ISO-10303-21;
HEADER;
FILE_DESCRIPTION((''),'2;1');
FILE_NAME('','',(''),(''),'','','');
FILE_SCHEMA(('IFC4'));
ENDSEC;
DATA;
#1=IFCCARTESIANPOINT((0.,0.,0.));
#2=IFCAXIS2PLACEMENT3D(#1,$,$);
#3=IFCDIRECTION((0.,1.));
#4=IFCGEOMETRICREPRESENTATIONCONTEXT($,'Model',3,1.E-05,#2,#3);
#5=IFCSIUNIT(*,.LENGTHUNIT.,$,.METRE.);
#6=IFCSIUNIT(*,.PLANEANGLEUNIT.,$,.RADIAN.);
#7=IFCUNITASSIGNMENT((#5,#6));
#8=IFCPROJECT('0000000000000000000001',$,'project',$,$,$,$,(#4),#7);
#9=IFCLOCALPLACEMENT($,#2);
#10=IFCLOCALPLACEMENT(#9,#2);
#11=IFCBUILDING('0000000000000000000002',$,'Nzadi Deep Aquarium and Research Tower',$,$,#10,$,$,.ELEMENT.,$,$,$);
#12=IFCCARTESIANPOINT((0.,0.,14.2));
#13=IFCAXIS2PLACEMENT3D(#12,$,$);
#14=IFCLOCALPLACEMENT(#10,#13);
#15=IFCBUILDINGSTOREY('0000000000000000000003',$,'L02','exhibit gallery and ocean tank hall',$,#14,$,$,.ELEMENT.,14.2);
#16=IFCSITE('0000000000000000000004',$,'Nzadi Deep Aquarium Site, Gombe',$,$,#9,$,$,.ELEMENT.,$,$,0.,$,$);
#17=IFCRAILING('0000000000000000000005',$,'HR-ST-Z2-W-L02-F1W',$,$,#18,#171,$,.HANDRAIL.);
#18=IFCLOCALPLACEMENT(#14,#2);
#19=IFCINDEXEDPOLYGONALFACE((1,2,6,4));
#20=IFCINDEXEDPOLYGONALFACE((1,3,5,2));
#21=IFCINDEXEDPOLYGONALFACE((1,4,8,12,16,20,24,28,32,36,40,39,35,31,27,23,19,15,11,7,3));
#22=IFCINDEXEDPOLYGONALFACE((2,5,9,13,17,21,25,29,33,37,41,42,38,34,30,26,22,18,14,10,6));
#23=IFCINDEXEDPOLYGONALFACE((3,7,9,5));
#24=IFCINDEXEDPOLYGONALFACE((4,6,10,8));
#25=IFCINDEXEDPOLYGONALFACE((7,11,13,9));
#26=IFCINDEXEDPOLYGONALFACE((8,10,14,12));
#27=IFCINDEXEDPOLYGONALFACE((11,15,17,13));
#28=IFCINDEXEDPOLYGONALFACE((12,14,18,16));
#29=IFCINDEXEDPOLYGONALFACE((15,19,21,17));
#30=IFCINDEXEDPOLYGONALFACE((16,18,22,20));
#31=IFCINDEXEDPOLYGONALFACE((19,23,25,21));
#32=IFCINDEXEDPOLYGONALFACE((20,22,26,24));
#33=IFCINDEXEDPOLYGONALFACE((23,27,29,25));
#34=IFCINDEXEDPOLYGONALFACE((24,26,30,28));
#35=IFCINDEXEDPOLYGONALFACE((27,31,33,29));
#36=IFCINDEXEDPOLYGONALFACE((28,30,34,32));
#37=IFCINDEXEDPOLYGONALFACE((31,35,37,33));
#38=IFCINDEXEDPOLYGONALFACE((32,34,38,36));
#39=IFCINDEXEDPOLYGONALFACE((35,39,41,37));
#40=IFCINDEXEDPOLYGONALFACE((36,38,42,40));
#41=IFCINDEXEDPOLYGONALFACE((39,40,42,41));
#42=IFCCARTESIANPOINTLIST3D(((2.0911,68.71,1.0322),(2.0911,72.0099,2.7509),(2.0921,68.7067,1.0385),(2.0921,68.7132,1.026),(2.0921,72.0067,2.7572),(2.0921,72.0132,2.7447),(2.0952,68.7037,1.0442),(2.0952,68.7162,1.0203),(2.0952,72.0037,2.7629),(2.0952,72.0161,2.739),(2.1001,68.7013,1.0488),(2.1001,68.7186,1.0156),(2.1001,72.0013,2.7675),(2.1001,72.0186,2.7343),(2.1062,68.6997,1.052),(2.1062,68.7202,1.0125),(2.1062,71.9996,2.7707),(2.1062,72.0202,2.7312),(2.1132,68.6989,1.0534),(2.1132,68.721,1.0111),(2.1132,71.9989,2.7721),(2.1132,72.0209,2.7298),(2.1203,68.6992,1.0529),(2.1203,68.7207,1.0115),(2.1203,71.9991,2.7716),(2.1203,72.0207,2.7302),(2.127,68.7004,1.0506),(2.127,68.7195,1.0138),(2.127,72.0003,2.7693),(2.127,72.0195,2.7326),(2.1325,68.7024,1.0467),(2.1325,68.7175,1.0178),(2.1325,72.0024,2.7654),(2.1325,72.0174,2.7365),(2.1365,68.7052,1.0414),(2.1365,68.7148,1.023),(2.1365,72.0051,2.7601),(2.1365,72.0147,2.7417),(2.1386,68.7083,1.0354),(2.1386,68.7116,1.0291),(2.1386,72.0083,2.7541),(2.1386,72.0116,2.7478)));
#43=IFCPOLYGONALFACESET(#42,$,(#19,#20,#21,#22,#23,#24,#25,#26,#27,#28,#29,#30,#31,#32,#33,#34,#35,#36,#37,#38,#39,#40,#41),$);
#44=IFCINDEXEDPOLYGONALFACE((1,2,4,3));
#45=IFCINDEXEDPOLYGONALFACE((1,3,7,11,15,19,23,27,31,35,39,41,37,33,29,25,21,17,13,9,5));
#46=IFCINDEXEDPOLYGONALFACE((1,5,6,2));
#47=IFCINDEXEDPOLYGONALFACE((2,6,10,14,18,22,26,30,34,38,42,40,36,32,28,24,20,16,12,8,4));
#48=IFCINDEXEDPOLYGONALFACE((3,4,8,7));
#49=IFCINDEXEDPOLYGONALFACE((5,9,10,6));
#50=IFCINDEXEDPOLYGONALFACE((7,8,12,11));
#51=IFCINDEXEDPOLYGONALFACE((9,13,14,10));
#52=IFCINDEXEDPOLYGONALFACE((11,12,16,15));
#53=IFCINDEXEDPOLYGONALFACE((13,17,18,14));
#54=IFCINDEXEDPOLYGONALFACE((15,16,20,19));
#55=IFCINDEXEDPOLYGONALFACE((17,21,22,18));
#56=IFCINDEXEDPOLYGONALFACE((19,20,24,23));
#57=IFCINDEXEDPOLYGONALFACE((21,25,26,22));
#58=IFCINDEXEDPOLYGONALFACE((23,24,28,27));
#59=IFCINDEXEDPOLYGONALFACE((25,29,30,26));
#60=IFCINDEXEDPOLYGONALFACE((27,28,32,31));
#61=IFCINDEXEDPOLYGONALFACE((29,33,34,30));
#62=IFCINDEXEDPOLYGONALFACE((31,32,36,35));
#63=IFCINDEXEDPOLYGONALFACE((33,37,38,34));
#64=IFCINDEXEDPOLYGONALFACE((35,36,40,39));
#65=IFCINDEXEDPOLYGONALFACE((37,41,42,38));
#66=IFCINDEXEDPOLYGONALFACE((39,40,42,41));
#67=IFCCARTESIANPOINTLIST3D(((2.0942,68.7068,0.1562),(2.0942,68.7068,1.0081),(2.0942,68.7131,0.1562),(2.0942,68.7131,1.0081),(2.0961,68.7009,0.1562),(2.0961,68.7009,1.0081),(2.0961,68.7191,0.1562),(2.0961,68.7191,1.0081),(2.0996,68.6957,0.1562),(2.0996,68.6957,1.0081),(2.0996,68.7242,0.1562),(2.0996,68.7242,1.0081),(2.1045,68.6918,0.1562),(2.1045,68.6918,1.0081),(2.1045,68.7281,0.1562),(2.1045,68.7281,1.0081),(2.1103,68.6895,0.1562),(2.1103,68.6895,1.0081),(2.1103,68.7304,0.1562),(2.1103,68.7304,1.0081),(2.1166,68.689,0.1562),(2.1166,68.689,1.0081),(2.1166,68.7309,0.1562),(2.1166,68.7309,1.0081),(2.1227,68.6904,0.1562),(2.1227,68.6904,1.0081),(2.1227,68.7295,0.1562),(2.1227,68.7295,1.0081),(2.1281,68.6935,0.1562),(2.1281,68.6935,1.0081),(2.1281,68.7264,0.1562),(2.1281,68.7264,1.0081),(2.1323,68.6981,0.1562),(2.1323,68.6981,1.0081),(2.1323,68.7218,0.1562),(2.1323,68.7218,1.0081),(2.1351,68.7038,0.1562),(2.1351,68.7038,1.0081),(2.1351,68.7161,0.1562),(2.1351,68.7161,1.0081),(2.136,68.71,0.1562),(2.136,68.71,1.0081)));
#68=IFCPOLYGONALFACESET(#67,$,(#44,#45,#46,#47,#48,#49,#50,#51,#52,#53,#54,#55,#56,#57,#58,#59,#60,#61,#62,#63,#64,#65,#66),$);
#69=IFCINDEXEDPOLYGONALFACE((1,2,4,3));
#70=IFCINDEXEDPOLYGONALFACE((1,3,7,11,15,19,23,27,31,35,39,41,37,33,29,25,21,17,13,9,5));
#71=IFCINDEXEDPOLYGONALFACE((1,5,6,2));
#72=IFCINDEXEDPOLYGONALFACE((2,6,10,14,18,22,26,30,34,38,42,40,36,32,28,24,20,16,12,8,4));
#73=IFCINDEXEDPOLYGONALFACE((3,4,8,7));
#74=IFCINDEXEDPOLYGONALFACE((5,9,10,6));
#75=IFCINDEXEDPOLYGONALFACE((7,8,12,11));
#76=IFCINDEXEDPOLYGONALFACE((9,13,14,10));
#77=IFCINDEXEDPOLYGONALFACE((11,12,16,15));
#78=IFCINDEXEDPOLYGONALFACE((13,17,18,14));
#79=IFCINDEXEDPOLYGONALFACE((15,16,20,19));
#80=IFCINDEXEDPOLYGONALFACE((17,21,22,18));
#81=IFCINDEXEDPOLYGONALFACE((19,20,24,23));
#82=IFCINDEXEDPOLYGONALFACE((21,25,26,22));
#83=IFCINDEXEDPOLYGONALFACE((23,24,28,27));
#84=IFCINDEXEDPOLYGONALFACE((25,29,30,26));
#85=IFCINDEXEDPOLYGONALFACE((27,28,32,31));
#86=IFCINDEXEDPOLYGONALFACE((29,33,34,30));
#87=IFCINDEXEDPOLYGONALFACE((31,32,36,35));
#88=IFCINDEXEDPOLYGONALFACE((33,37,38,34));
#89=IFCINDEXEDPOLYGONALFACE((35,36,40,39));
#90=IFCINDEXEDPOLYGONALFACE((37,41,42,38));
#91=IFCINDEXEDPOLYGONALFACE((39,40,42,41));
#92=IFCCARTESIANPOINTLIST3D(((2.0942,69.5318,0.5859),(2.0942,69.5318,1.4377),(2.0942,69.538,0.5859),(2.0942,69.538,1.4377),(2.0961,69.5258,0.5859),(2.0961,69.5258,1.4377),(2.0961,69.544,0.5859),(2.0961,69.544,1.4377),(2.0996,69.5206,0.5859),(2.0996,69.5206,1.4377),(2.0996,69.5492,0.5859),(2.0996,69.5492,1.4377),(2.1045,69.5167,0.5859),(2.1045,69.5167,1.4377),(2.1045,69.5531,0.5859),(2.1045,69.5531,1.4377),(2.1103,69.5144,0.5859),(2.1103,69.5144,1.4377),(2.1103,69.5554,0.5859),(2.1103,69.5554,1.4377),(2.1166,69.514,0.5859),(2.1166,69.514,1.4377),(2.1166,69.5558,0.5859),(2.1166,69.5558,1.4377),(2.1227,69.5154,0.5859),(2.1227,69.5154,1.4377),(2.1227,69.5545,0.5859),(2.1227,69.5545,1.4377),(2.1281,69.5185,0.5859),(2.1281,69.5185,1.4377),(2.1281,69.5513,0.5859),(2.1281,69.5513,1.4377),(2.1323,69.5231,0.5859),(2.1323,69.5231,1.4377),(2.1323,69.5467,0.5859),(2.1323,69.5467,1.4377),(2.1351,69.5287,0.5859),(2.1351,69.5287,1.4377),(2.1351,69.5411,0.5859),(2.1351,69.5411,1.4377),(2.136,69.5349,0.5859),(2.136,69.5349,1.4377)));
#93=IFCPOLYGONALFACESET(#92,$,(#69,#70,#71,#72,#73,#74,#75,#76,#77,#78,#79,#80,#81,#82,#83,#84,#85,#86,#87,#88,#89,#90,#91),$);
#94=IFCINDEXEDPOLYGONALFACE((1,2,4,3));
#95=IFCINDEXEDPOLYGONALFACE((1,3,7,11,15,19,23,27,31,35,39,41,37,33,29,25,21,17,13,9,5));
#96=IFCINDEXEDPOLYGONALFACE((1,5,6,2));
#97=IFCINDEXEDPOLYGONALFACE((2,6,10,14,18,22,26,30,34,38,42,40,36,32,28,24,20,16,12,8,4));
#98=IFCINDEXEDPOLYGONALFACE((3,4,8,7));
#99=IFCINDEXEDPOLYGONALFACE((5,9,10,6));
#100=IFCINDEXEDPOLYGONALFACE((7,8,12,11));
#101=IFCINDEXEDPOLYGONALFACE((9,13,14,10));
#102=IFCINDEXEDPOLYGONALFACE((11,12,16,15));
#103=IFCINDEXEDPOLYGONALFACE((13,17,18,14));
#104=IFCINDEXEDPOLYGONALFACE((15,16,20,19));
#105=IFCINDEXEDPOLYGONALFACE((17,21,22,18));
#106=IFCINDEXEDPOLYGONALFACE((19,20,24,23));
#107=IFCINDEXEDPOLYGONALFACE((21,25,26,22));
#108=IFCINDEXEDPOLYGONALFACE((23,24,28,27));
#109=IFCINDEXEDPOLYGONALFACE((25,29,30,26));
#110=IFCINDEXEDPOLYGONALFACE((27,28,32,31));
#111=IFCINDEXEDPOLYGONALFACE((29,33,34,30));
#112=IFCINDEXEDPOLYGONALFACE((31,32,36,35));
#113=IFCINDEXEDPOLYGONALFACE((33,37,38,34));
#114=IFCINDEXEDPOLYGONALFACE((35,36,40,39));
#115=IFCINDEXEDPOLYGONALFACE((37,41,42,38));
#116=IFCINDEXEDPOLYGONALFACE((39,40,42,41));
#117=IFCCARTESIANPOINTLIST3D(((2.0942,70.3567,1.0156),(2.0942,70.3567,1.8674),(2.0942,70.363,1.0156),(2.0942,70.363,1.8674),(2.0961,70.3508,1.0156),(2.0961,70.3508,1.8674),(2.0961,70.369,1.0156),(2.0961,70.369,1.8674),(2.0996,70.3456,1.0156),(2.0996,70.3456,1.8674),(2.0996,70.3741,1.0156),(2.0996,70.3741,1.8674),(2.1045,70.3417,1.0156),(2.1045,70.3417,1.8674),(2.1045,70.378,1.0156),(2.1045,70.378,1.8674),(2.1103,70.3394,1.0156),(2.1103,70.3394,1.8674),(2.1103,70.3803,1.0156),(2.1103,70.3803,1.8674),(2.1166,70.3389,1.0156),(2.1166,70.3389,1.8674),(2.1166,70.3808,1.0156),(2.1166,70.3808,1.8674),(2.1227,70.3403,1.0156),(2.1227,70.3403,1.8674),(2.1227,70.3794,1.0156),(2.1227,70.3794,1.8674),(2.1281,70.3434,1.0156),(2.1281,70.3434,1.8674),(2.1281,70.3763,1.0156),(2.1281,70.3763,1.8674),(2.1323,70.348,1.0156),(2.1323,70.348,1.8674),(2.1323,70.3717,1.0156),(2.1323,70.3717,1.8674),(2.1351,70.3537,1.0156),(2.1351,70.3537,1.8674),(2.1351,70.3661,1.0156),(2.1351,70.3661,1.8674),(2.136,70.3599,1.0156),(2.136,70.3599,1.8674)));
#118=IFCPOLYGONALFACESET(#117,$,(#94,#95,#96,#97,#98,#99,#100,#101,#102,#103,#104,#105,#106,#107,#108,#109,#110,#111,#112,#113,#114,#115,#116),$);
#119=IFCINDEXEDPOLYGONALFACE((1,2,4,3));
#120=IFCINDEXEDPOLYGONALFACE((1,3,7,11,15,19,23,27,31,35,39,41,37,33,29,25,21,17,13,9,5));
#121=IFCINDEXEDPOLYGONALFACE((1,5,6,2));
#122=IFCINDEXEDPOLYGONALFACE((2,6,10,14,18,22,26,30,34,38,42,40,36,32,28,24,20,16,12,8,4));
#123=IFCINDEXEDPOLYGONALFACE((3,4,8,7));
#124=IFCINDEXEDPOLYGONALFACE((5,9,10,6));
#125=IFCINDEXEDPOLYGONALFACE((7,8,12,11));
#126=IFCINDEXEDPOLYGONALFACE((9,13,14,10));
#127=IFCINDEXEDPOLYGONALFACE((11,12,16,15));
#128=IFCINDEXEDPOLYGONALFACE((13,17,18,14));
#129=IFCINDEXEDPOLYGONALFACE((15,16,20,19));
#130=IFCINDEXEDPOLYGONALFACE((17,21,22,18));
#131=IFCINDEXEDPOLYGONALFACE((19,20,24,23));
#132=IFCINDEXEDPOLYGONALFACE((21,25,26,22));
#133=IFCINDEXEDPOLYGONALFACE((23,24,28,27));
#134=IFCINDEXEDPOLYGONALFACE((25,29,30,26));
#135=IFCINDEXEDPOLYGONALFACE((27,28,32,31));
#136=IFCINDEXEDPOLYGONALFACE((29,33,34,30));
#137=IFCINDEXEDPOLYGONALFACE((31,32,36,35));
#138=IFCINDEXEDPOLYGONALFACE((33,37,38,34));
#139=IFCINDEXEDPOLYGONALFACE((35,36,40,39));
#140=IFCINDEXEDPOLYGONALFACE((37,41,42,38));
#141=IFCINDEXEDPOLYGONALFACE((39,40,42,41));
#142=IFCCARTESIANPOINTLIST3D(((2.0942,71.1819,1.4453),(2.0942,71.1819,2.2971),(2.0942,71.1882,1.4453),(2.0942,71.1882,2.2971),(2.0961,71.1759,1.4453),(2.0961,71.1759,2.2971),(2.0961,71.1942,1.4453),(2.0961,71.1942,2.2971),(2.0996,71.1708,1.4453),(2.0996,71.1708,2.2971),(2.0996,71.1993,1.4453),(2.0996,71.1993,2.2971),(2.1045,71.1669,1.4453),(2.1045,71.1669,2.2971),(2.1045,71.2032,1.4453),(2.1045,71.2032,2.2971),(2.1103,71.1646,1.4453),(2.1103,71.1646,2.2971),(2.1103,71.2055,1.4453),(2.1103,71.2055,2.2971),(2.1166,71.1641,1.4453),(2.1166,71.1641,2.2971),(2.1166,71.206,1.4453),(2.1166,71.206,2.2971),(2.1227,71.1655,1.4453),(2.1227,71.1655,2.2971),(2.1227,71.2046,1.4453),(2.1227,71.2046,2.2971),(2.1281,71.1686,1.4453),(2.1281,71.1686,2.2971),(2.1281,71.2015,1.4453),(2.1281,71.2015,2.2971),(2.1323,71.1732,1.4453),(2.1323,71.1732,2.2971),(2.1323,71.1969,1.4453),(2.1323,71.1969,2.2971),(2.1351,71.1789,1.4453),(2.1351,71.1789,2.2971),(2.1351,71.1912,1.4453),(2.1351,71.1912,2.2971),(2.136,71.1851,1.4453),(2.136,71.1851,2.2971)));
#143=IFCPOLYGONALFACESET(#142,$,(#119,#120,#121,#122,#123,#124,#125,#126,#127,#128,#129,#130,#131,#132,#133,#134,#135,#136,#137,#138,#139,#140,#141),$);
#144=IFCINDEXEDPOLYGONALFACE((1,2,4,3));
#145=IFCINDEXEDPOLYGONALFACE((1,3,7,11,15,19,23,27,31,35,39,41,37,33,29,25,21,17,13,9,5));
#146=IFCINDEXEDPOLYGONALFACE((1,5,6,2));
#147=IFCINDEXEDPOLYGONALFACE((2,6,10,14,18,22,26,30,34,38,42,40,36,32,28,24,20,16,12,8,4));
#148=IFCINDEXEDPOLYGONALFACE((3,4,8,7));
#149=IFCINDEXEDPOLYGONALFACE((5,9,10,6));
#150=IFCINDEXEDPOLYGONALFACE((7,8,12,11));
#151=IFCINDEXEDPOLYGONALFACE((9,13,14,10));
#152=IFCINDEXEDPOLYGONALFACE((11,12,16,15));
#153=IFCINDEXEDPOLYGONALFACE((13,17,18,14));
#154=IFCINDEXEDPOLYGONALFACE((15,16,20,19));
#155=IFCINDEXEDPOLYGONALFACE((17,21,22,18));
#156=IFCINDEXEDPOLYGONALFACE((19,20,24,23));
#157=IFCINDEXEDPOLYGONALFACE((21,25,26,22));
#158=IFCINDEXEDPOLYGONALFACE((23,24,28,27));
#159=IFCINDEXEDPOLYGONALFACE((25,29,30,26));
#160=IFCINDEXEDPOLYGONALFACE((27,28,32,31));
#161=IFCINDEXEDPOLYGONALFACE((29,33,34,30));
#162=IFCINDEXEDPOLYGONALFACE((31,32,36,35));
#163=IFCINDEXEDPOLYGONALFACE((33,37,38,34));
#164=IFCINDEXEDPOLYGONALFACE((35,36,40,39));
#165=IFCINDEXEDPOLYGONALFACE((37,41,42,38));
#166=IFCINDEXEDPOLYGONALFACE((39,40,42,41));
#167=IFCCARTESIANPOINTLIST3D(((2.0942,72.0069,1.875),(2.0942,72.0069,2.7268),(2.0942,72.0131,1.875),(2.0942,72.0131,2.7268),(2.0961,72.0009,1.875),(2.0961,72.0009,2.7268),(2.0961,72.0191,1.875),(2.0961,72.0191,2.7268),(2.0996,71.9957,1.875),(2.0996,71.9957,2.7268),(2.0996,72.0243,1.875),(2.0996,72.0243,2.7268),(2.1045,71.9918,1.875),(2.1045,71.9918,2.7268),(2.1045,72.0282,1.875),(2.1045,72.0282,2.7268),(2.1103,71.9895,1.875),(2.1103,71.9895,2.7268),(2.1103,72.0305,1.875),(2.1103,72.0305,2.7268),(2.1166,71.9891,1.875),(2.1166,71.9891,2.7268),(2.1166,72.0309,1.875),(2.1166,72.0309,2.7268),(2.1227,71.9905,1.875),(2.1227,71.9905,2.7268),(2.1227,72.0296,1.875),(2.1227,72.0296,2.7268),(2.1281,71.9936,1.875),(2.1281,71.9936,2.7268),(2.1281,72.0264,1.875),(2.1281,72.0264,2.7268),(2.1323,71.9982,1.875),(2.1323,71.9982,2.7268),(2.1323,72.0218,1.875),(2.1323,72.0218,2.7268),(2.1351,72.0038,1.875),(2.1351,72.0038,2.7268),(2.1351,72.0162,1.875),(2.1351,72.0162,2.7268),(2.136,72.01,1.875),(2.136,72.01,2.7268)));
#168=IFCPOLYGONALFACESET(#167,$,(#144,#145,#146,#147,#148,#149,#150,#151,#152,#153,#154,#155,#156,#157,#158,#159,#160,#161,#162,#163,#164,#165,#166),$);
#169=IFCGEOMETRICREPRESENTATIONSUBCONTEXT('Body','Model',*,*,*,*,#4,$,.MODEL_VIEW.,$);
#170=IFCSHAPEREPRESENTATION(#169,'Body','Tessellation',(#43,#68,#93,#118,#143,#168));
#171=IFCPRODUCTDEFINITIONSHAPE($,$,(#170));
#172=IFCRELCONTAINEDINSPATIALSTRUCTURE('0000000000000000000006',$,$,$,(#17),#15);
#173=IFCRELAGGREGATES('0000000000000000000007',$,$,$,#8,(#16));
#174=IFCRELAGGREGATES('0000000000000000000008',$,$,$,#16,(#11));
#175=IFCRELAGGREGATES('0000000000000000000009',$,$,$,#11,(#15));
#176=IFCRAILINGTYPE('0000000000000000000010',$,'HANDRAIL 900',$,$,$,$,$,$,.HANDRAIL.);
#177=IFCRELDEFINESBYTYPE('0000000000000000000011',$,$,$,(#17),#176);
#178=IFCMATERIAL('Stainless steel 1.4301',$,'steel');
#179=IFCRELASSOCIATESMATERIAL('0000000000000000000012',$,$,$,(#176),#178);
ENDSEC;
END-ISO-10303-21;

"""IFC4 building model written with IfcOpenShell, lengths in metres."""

from ifc_helpers import new_model, si_unit, direction, frame, origin, origin_2d, place, context, subcontext, project, spatial, circle, extrude, material, type_object, element, save


model = new_model("IFC4")

# Units and contexts
model_context = context("Model", 3, precision=1e-05, world=origin(), true_north=direction((0.0, 1.0)))
body_context = subcontext(model_context, "Body", "Model", "MODEL_VIEW")
ifc_project = project(units=[si_unit("LENGTHUNIT", "METRE"), si_unit("PLANEANGLEUNIT", "RADIAN")], contexts=[model_context])

# Site, building, storey
site_placement = place(None, origin())
site = spatial("IfcSite", under=ifc_project, at=site_placement, Name="Nzadi Deep Aquarium Site, Gombe", CompositionType="ELEMENT", RefElevation=0.0)
building_placement = place(site_placement, origin())
building = spatial("IfcBuilding", under=site, at=building_placement, Name="Nzadi Deep Aquarium and Research Tower", CompositionType="ELEMENT")
storey_placement = place(building_placement, frame((0.0, 0.0, 14.2)))
storey = spatial("IfcBuildingStorey", under=building, at=storey_placement, Name="L02", Description="exhibit gallery and ocean tank hall", CompositionType="ELEMENT", Elevation=14.2)

# Railing
ifc_material_1 = material(Name="Stainless steel 1.4301", Category="steel")
railing_type = type_object("IfcRailingType", Name="HANDRAIL 900", PredefinedType="HANDRAIL", material=ifc_material_1)
for number, where, name in (
    (1, (2.115, 68.71, 0.1562), "HR-ST-Z2-W-L02-F1W"),
):
    element("IfcRailing", number, at=place(storey_placement, frame(where)), inside=storey, type_object=railing_type, Name=name, PredefinedType="HANDRAIL", context=body_context, shape_type="SweptSolid", body=[
        extrude(circle(Radius=0.0239, at=origin_2d()), frame((0.0, 0.0, 0.876), z_axis=(0.0, 0.886917, 0.461929), x_axis=(-1.0, 0.0, 0.0)), (0.0, 0.0, 1.0), 3.7207),
        extrude(circle(Radius=0.021, at=origin_2d()), origin(), (0.0, 0.0, 1.0), 0.8518),
        extrude(circle(Radius=0.021, at=origin_2d()), frame((0.0, 0.825, 0.4297)), (0.0, 0.0, 1.0), 0.8518),
        extrude(circle(Radius=0.021, at=origin_2d()), frame((0.0, 1.6499, 0.8594)), (0.0, 0.0, 1.0), 0.8518),
        extrude(circle(Radius=0.021, at=origin_2d()), frame((0.0, 2.4751, 1.2891)), (0.0, 0.0, 1.0), 0.8518),
        extrude(circle(Radius=0.021, at=origin_2d()), frame((0.0, 3.3, 1.7188)), (0.0, 0.0, 1.0), 0.8518),
    ])

save(model, "model.ifc")
